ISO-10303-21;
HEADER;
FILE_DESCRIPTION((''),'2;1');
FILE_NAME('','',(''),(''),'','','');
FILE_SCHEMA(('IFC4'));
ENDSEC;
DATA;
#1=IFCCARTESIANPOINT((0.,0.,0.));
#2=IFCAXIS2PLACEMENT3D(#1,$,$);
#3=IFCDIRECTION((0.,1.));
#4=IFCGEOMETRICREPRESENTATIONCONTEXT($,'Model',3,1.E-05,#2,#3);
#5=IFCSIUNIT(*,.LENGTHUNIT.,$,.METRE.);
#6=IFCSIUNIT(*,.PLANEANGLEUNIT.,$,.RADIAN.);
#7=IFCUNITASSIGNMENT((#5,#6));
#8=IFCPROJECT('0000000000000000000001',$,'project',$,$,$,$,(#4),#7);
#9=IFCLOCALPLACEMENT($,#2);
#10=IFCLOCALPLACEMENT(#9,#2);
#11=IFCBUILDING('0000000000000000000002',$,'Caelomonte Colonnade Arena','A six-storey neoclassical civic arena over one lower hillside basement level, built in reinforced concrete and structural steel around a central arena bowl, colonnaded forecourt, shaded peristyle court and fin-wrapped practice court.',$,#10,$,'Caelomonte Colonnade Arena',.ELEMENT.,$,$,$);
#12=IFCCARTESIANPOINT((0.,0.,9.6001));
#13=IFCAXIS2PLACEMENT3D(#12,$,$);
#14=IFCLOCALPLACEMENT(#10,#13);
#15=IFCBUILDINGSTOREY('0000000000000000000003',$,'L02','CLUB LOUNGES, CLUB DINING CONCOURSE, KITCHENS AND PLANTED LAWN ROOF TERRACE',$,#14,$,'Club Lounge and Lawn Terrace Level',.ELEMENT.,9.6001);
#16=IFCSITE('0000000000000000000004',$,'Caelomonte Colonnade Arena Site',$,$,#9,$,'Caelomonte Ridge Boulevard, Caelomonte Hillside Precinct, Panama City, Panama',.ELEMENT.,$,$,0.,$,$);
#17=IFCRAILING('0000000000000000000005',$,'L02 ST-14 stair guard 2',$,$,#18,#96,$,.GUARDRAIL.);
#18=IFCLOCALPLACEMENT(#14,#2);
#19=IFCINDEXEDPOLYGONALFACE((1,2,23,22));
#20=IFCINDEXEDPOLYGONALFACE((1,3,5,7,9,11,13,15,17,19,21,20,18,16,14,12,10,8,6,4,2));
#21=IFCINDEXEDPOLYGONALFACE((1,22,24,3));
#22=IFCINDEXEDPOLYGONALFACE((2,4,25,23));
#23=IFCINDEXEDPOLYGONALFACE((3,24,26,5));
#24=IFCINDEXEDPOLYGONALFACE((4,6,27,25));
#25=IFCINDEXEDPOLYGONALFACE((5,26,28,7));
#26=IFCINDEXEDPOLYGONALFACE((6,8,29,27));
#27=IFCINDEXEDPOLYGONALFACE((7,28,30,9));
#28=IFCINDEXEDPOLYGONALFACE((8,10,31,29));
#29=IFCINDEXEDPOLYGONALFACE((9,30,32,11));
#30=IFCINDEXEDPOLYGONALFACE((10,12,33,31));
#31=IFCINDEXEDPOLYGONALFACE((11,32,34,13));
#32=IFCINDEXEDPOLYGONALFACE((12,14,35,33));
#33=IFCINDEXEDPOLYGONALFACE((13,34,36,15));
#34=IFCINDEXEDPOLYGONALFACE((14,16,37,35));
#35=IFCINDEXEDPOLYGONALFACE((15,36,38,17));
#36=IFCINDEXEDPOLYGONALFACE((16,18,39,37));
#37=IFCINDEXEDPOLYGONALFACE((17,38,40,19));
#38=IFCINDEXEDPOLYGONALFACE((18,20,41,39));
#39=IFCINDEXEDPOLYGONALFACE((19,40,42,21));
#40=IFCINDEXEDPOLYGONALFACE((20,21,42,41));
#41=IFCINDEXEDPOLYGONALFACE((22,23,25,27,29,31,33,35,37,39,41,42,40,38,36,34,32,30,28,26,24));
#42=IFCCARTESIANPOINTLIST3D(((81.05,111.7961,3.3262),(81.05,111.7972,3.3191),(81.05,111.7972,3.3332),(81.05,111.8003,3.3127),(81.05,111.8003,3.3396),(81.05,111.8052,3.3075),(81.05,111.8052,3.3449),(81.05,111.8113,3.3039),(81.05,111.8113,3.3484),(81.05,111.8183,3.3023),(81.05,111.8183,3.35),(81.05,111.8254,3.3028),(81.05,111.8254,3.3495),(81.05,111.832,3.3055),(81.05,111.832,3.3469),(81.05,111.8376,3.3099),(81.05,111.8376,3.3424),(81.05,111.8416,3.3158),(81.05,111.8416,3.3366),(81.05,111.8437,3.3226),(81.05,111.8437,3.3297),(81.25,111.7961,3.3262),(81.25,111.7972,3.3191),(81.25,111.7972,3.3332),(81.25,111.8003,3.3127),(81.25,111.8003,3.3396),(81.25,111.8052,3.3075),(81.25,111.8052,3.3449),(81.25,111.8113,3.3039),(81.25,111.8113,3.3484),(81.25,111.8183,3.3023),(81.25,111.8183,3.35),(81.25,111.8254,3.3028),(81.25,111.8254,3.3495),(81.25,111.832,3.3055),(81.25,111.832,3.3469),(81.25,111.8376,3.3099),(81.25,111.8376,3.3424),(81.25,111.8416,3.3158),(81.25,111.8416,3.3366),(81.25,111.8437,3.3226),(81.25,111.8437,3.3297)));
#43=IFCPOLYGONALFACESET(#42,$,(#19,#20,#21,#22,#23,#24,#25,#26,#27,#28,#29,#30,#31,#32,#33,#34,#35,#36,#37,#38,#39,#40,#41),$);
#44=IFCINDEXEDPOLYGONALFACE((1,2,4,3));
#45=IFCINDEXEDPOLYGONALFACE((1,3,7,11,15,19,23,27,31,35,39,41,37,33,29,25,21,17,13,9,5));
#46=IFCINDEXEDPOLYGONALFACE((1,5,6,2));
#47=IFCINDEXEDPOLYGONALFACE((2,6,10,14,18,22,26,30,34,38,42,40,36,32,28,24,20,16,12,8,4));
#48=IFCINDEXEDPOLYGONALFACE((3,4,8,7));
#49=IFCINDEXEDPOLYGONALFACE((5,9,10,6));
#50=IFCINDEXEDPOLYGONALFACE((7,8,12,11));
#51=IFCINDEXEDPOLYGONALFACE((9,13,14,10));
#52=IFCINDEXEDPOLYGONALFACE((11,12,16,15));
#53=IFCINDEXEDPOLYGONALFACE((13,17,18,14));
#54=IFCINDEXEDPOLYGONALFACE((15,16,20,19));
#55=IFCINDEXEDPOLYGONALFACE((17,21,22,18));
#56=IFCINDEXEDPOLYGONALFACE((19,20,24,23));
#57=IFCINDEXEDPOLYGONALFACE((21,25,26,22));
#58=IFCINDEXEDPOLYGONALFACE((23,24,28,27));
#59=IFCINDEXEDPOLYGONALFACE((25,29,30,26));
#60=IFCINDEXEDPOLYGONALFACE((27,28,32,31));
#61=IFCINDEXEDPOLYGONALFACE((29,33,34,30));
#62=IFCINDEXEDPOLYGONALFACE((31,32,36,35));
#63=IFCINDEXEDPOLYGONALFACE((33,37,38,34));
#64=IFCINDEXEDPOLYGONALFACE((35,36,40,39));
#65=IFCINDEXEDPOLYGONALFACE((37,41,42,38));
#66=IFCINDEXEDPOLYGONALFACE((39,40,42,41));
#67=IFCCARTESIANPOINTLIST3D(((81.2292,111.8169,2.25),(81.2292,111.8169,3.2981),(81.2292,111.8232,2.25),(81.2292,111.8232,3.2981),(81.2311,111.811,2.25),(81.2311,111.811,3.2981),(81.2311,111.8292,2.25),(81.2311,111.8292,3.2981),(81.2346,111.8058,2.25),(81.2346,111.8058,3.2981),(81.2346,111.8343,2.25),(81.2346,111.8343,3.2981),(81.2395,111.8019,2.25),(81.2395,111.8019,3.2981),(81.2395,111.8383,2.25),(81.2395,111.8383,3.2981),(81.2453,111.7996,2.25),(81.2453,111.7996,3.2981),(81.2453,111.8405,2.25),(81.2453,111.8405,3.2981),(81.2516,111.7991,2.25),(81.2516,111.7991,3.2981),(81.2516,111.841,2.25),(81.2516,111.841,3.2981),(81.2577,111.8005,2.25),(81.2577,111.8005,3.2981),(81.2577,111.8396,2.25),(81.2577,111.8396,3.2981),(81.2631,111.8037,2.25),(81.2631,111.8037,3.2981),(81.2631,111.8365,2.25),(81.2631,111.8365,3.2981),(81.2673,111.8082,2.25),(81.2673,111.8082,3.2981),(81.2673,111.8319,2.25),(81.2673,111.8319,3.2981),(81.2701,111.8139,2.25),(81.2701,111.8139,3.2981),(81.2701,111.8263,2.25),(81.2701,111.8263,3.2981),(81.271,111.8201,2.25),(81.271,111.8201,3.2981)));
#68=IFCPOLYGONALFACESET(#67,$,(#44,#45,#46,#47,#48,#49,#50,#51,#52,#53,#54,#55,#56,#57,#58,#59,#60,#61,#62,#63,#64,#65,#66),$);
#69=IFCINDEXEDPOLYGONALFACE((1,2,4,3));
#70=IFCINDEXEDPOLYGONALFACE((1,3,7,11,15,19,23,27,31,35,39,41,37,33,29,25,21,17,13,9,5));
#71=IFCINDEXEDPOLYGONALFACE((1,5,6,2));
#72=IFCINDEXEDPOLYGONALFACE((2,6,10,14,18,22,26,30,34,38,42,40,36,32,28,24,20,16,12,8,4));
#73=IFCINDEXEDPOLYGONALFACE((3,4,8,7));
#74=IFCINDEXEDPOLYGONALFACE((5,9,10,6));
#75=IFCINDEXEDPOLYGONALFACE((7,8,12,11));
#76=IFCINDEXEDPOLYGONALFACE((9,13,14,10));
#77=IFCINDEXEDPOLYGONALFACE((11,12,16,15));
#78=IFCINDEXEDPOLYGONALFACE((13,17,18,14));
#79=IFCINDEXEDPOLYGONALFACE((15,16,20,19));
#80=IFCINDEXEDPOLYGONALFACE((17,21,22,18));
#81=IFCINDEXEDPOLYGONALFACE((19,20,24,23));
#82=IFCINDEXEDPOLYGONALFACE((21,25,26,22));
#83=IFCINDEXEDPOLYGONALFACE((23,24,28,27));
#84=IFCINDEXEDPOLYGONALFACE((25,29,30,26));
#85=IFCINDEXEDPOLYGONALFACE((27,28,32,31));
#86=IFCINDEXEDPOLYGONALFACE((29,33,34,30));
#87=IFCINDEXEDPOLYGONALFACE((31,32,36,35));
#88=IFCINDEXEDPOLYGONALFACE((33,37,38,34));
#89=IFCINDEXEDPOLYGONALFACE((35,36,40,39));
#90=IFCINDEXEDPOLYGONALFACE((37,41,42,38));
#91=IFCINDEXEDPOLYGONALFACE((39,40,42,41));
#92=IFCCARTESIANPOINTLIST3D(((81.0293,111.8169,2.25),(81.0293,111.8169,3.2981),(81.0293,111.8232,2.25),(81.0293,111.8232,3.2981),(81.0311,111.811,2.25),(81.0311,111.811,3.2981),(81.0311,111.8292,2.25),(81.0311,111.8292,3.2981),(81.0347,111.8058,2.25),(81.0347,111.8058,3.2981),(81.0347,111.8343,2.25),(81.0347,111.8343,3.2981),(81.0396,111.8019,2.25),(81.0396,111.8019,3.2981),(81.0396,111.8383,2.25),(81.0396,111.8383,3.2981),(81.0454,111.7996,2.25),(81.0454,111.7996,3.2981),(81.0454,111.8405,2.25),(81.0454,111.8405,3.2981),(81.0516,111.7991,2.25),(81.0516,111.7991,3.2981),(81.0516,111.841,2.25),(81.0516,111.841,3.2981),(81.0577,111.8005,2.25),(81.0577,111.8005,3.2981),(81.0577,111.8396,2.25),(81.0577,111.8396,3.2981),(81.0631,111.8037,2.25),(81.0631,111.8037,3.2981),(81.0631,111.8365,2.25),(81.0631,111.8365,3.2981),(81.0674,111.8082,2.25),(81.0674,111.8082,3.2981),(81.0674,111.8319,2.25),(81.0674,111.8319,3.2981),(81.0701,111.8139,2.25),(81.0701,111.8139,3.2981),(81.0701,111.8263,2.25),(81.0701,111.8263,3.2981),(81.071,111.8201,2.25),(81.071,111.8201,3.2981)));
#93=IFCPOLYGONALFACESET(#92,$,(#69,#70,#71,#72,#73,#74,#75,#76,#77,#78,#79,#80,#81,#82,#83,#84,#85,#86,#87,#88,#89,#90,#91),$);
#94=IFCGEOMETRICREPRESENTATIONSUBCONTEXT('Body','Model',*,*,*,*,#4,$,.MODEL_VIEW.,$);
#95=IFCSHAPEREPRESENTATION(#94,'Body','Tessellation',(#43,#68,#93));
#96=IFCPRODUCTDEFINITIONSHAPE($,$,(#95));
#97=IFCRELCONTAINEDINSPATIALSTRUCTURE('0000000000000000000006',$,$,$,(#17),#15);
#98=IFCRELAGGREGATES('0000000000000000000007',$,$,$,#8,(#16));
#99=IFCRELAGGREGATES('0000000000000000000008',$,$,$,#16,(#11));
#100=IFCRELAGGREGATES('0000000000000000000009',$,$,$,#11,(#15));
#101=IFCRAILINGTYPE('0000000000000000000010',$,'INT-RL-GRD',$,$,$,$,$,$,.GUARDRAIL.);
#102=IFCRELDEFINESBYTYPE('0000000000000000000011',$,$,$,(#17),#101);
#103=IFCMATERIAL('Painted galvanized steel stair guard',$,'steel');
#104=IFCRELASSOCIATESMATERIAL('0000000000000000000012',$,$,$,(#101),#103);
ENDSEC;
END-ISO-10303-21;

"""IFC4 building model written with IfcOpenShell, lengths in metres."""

from ifc_helpers import new_model, si_unit, direction, frame, origin, origin_2d, place, context, subcontext, project, spatial, circle, extrude, material, type_object, element, save


model = new_model("IFC4")

# Units and contexts
model_context = context("Model", 3, precision=1e-05, world=origin(), true_north=direction((0.0, 1.0)))
body_context = subcontext(model_context, "Body", "Model", "MODEL_VIEW")
ifc_project = project(units=[si_unit("LENGTHUNIT", "METRE"), si_unit("PLANEANGLEUNIT", "RADIAN")], contexts=[model_context])

# Site, building, storey
site_placement = place(None, origin())
site = spatial("IfcSite", under=ifc_project, at=site_placement, Name="Caelomonte Colonnade Arena Site", LongName="Caelomonte Ridge Boulevard, Caelomonte Hillside Precinct, Panama City, Panama", CompositionType="ELEMENT", RefElevation=0.0)
building_placement = place(site_placement, origin())
building = spatial("IfcBuilding", under=site, at=building_placement, Name="Caelomonte Colonnade Arena", Description="A six-storey neoclassical civic arena over one lower hillside basement level, built in reinforced concrete and structural steel around a central arena bowl, colonnaded forecourt, shaded peristyle court and fin-wrapped practice court.", LongName="Caelomonte Colonnade Arena", CompositionType="ELEMENT")
storey_placement = place(building_placement, frame((0.0, 0.0, 9.6001)))
storey = spatial("IfcBuildingStorey", under=building, at=storey_placement, Name="L02", Description="CLUB LOUNGES, CLUB DINING CONCOURSE, KITCHENS AND PLANTED LAWN ROOF TERRACE", LongName="Club Lounge and Lawn Terrace Level", CompositionType="ELEMENT", Elevation=9.6001)

# Railing
ifc_material_1 = material(Name="Painted galvanized steel stair guard", Category="steel")
railing_type_1 = type_object("IfcRailingType", Name="INT-RL-GRD", PredefinedType="GUARDRAIL", material=ifc_material_1)
railing_1_placement = place(storey_placement, frame((81.25, 111.8201, 2.25)))
element("IfcRailing", 1, at=railing_1_placement, inside=storey, type_object=railing_type_1, Name="L02 ST-14 stair guard 2", PredefinedType="GUARDRAIL", context=body_context, shape_type="SweptSolid", body=[
    extrude(circle(Radius=0.0239, at=origin_2d()), frame((0.0, 0.0, 1.0762), z_axis=(-1.0, 0.0, 0.0), x_axis=(0.0, -1.0, 0.0)), (0.0, 0.0, 1.0), 0.2),
    extrude(circle(Radius=0.021, at=origin_2d()), origin(), (0.0, 0.0, 1.0), 1.0481),
    extrude(circle(Radius=0.021, at=origin_2d()), frame((-0.2, 0.0, 0.0)), (0.0, 0.0, 1.0), 1.0481),
])

save(model, "model.ifc")
